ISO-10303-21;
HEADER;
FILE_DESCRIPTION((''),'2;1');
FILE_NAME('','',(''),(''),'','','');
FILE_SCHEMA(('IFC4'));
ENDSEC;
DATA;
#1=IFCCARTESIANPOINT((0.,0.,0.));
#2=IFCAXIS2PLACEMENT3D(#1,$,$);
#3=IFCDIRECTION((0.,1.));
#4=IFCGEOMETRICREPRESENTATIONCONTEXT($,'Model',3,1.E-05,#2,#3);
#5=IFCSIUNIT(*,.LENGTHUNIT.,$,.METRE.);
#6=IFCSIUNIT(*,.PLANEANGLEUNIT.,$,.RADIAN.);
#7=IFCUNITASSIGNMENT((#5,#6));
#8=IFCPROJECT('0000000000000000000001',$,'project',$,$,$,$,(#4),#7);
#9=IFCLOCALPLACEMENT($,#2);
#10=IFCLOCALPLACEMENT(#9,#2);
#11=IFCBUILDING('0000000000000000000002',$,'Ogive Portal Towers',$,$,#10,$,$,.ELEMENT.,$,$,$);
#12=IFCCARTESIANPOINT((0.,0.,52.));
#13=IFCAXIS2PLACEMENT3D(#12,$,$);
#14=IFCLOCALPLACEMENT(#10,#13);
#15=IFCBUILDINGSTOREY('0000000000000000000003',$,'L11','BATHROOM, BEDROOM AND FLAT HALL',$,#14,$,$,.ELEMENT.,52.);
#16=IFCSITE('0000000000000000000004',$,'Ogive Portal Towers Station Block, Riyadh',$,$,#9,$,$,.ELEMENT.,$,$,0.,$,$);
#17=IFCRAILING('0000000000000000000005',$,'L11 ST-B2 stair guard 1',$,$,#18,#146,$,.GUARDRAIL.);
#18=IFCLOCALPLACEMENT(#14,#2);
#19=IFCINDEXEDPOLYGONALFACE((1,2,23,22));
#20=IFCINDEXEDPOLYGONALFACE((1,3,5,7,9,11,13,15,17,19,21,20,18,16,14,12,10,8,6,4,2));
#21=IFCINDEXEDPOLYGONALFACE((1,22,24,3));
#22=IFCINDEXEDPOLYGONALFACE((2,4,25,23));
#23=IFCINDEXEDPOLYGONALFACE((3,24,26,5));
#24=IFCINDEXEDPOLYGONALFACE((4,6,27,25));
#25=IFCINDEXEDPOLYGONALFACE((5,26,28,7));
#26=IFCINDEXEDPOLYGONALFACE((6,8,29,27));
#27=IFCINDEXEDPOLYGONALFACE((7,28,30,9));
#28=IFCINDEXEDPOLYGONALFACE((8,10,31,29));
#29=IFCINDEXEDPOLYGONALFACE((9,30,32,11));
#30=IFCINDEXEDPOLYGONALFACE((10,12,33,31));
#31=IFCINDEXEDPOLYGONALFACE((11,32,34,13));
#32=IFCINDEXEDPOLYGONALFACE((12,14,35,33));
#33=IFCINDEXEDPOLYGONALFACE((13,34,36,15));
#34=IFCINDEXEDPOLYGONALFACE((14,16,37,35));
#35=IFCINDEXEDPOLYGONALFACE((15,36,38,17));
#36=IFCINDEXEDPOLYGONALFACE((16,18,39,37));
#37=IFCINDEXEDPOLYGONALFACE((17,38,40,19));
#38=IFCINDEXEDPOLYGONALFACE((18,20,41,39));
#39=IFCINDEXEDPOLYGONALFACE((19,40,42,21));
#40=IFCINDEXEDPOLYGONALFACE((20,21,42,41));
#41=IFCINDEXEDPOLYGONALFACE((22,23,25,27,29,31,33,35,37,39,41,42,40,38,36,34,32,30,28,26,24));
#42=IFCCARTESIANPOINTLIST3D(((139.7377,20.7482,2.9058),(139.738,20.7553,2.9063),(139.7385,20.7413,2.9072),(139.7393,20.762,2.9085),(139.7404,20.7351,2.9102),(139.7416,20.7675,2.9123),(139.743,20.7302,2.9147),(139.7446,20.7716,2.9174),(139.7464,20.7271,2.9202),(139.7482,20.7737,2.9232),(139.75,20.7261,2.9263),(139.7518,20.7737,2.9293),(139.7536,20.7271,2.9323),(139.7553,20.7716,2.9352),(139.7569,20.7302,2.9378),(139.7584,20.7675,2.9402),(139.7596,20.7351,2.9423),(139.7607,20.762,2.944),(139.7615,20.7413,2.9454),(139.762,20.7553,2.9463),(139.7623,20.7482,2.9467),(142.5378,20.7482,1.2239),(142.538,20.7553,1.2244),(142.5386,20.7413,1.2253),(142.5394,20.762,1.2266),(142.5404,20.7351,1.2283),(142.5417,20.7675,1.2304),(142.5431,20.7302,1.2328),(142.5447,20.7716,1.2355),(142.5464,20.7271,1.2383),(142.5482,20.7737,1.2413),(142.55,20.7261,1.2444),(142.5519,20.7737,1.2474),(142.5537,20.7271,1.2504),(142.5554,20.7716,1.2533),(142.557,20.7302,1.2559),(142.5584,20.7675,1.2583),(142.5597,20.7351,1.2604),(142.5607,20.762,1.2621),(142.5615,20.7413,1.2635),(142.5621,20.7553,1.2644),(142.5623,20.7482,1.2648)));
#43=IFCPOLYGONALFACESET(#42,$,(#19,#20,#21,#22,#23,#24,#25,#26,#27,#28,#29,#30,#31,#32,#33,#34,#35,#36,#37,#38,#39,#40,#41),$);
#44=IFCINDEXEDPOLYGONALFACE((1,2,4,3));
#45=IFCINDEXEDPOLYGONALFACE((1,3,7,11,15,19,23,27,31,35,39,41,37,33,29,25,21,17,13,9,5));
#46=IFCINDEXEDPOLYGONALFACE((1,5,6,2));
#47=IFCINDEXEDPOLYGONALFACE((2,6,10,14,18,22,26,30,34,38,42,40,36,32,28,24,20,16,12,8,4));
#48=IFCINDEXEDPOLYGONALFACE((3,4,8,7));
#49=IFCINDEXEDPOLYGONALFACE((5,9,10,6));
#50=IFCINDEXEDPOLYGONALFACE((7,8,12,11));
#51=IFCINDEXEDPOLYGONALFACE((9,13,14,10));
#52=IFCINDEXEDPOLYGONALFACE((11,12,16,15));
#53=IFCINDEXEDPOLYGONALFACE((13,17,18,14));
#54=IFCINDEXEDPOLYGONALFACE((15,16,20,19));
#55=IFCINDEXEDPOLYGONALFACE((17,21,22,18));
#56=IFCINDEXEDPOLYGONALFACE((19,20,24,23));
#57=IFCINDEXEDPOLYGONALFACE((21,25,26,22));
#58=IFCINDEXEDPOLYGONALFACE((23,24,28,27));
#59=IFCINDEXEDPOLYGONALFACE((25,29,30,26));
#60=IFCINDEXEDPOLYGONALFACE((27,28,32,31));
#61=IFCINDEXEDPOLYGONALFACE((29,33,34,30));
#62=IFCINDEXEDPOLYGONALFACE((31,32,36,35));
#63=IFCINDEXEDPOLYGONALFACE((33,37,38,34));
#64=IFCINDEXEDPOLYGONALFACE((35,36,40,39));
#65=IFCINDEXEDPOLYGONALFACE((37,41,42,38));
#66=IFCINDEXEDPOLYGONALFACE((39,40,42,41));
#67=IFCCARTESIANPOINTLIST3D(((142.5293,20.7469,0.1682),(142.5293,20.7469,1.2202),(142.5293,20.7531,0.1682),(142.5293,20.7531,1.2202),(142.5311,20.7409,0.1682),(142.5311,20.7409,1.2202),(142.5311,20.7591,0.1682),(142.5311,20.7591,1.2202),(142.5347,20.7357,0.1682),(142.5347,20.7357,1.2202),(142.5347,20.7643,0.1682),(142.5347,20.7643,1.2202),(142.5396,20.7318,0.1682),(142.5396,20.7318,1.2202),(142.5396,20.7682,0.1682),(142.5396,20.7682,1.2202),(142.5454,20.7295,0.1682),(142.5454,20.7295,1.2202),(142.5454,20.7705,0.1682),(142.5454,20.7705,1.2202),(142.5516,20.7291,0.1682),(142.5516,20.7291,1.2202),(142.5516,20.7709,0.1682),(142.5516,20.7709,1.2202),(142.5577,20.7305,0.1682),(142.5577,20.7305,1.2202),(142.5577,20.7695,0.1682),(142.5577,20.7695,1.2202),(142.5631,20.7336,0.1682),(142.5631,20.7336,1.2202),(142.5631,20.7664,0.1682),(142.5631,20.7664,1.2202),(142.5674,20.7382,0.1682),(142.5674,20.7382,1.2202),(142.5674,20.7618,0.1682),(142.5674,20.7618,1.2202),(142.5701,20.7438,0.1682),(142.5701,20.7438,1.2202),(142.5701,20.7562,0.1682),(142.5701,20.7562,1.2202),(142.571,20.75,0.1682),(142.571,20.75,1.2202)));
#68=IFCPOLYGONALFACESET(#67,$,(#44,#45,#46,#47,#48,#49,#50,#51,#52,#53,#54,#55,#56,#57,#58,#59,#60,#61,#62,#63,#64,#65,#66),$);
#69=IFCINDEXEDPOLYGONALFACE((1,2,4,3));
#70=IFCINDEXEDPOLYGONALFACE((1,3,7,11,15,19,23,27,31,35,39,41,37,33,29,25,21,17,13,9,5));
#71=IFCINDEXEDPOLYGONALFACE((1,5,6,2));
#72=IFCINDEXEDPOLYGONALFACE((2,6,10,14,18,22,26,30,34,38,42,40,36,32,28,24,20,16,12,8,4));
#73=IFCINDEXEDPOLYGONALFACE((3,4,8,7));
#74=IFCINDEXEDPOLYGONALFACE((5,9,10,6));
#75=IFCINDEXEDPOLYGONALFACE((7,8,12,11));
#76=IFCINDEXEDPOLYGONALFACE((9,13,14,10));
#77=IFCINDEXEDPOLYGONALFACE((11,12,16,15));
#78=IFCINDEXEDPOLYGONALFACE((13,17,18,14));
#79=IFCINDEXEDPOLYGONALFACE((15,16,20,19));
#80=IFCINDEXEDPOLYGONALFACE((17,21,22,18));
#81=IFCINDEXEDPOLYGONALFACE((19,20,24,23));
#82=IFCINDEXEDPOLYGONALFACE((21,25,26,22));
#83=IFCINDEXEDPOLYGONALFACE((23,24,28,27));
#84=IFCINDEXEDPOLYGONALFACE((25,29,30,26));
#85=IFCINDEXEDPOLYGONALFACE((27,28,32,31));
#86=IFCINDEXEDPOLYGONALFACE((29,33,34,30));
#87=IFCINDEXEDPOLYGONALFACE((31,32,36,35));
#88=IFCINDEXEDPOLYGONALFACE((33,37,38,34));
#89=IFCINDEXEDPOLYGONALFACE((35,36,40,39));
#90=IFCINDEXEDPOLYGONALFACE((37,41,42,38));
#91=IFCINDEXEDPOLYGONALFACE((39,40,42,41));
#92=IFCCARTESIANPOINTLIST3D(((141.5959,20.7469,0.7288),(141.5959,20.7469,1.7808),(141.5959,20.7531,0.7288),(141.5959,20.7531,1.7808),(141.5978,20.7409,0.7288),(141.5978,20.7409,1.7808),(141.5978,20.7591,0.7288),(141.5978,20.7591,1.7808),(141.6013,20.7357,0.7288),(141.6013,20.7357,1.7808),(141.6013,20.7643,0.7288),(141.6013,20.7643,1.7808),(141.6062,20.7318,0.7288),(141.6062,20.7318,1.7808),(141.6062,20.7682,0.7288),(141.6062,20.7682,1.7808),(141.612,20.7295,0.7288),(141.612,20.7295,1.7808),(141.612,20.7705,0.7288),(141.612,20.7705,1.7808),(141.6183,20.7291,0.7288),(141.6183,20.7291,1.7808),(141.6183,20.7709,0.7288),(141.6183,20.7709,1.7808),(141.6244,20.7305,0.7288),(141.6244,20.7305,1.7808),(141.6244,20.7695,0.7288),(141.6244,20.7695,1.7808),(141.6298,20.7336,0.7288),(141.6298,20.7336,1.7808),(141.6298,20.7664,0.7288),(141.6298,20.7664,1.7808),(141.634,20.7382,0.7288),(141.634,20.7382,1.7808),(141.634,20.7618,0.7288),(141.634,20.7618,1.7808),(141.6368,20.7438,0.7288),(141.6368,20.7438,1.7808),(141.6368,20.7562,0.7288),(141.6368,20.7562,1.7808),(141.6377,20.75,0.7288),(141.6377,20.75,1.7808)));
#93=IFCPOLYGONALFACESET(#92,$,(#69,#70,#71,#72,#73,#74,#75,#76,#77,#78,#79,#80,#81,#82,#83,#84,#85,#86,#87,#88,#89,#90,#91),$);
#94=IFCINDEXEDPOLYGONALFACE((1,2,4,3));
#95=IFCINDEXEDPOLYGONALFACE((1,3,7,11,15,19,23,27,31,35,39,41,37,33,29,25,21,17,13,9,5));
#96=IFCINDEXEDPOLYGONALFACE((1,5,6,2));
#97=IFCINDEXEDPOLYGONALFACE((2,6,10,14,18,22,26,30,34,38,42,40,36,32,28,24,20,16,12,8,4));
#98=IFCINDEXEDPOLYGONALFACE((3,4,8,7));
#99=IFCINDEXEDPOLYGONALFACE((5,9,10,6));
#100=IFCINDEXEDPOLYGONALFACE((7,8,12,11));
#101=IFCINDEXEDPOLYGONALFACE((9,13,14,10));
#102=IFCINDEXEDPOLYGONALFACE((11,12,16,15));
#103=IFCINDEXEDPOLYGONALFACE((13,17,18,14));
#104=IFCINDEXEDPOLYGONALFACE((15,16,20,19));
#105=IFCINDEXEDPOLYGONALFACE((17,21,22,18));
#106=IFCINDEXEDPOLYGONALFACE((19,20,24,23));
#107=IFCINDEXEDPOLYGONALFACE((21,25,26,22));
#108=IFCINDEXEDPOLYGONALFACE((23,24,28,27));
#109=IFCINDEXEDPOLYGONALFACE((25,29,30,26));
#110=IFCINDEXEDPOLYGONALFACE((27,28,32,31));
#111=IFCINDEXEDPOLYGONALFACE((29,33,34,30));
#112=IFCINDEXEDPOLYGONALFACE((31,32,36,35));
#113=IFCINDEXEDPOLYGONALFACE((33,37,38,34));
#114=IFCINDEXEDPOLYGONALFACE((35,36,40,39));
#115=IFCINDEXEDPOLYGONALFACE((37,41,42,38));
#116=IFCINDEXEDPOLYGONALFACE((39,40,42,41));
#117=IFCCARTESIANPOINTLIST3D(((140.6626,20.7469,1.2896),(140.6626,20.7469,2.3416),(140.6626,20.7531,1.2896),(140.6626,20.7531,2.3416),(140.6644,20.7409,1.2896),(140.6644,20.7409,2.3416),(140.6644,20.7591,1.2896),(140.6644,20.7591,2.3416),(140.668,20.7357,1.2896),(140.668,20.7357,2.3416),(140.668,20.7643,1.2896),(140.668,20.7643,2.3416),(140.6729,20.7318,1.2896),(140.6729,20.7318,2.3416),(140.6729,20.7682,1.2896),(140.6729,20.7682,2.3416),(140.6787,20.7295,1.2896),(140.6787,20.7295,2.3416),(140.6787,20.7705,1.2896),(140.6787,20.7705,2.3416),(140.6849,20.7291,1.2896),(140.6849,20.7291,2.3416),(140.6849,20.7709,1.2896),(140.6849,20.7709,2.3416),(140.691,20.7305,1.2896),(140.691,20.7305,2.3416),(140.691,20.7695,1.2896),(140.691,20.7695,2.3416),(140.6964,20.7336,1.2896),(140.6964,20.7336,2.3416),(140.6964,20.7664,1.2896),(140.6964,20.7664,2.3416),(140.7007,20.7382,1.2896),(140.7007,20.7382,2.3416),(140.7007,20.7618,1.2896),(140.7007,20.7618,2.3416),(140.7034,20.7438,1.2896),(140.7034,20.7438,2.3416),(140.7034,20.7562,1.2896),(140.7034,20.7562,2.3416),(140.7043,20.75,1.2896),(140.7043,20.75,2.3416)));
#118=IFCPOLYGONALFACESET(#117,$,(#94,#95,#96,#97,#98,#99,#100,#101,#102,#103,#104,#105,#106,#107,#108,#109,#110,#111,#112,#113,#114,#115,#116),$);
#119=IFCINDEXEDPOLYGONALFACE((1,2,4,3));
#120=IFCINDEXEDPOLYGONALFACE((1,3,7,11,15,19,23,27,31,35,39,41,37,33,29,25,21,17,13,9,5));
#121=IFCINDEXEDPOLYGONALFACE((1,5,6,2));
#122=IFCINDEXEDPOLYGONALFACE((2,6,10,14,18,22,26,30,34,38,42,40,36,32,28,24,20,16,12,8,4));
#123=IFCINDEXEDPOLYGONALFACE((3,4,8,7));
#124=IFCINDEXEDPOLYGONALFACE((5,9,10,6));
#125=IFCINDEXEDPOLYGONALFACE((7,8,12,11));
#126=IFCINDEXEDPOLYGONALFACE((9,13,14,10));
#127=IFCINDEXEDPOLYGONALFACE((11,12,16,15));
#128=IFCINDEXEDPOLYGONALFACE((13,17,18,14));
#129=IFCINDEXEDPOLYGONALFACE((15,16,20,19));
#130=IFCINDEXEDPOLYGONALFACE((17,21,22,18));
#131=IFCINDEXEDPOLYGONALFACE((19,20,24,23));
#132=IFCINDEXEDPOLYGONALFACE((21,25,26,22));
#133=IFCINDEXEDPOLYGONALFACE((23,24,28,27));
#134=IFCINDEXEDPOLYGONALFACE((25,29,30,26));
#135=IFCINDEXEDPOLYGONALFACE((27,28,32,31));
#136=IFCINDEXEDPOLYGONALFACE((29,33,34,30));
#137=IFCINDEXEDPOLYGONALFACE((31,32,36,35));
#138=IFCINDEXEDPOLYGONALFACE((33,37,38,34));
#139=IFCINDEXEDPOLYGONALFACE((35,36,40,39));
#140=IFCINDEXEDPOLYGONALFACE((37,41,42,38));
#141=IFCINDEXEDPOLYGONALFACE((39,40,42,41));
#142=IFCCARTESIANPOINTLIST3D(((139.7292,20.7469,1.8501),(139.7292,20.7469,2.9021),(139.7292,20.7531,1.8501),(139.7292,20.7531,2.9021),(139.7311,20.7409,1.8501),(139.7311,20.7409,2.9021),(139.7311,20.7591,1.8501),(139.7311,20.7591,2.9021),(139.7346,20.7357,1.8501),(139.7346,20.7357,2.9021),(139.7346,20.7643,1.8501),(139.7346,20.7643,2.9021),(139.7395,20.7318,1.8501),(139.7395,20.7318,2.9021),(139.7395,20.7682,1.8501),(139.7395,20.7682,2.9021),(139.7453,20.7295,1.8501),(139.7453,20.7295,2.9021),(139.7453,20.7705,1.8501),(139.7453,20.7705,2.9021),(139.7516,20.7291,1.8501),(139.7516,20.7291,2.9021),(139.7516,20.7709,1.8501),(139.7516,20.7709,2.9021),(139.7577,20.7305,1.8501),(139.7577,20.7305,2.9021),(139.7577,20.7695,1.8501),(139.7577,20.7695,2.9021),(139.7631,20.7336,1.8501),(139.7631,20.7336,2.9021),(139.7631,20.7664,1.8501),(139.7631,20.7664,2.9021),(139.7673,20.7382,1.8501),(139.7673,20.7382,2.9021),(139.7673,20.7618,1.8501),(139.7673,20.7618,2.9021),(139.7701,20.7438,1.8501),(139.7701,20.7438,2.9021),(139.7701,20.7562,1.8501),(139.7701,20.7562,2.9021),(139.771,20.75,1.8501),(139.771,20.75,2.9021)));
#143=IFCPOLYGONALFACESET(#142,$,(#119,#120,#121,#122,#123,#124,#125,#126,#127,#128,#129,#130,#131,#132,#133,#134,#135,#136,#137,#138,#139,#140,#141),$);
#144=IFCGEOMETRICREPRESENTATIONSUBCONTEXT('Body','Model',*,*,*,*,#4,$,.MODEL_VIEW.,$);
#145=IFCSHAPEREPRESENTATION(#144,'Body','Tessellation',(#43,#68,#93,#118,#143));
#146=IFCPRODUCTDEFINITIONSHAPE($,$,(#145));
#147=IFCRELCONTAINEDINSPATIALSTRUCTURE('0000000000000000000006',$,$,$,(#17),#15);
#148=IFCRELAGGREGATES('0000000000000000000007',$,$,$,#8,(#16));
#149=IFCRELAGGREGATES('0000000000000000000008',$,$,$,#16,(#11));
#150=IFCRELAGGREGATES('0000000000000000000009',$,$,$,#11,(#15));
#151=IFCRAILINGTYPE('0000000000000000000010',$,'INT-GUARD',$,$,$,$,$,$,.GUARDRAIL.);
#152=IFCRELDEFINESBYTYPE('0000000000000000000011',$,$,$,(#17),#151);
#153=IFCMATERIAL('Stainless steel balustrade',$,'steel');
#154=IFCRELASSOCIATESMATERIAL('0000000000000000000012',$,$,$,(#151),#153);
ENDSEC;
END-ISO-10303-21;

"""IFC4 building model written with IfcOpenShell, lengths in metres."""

from ifc_helpers import new_model, si_unit, direction, frame, origin, origin_2d, place, context, subcontext, project, spatial, circle, extrude, material, type_object, element, save


model = new_model("IFC4")

# Units and contexts
model_context = context("Model", 3, precision=1e-05, world=origin(), true_north=direction((0.0, 1.0)))
body_context = subcontext(model_context, "Body", "Model", "MODEL_VIEW")
ifc_project = project(units=[si_unit("LENGTHUNIT", "METRE"), si_unit("PLANEANGLEUNIT", "RADIAN")], contexts=[model_context])

# Site, building, storey
site_placement = place(None, origin())
site = spatial("IfcSite", under=ifc_project, at=site_placement, Name="Ogive Portal Towers Station Block, Riyadh", CompositionType="ELEMENT", RefElevation=0.0)
building_placement = place(site_placement, origin())
building = spatial("IfcBuilding", under=site, at=building_placement, Name="Ogive Portal Towers", CompositionType="ELEMENT")
storey_placement = place(building_placement, frame((0.0, 0.0, 52.0)))
storey = spatial("IfcBuildingStorey", under=building, at=storey_placement, Name="L11", Description="BATHROOM, BEDROOM AND FLAT HALL", CompositionType="ELEMENT", Elevation=52.0)

# Railing
ifc_material_1 = material(Name="Stainless steel balustrade", Category="steel")
railing_type_1 = type_object("IfcRailingType", Name="INT-GUARD", PredefinedType="GUARDRAIL", material=ifc_material_1)
railing_1_placement = place(storey_placement, frame((142.55, 20.75, 0.1682)))
element("IfcRailing", 1, at=railing_1_placement, inside=storey, type_object=railing_type_1, Name="L11 ST-B2 stair guard 1", PredefinedType="GUARDRAIL", context=body_context, shape_type="SweptSolid", body=[
    extrude(circle(Radius=0.0239, at=origin_2d()), frame((0.0, 0.0, 1.0762), z_axis=(-0.857242, 0.0, 0.514913), x_axis=(0.0, -1.0, 0.0)), (0.0, 0.0, 1.0), 3.2664),
    extrude(circle(Radius=0.021, at=origin_2d()), origin(), (0.0, 0.0, 1.0), 1.052),
    extrude(circle(Radius=0.021, at=origin_2d()), frame((-0.9333, 0.0, 0.5605)), (0.0, 0.0, 1.0), 1.052),
    extrude(circle(Radius=0.021, at=origin_2d()), frame((-1.8667, 0.0, 1.1213)), (0.0, 0.0, 1.0), 1.052),
    extrude(circle(Radius=0.021, at=origin_2d()), frame((-2.8, 0.0, 1.6819)), (0.0, 0.0, 1.0), 1.052),
])

save(model, "model.ifc")
